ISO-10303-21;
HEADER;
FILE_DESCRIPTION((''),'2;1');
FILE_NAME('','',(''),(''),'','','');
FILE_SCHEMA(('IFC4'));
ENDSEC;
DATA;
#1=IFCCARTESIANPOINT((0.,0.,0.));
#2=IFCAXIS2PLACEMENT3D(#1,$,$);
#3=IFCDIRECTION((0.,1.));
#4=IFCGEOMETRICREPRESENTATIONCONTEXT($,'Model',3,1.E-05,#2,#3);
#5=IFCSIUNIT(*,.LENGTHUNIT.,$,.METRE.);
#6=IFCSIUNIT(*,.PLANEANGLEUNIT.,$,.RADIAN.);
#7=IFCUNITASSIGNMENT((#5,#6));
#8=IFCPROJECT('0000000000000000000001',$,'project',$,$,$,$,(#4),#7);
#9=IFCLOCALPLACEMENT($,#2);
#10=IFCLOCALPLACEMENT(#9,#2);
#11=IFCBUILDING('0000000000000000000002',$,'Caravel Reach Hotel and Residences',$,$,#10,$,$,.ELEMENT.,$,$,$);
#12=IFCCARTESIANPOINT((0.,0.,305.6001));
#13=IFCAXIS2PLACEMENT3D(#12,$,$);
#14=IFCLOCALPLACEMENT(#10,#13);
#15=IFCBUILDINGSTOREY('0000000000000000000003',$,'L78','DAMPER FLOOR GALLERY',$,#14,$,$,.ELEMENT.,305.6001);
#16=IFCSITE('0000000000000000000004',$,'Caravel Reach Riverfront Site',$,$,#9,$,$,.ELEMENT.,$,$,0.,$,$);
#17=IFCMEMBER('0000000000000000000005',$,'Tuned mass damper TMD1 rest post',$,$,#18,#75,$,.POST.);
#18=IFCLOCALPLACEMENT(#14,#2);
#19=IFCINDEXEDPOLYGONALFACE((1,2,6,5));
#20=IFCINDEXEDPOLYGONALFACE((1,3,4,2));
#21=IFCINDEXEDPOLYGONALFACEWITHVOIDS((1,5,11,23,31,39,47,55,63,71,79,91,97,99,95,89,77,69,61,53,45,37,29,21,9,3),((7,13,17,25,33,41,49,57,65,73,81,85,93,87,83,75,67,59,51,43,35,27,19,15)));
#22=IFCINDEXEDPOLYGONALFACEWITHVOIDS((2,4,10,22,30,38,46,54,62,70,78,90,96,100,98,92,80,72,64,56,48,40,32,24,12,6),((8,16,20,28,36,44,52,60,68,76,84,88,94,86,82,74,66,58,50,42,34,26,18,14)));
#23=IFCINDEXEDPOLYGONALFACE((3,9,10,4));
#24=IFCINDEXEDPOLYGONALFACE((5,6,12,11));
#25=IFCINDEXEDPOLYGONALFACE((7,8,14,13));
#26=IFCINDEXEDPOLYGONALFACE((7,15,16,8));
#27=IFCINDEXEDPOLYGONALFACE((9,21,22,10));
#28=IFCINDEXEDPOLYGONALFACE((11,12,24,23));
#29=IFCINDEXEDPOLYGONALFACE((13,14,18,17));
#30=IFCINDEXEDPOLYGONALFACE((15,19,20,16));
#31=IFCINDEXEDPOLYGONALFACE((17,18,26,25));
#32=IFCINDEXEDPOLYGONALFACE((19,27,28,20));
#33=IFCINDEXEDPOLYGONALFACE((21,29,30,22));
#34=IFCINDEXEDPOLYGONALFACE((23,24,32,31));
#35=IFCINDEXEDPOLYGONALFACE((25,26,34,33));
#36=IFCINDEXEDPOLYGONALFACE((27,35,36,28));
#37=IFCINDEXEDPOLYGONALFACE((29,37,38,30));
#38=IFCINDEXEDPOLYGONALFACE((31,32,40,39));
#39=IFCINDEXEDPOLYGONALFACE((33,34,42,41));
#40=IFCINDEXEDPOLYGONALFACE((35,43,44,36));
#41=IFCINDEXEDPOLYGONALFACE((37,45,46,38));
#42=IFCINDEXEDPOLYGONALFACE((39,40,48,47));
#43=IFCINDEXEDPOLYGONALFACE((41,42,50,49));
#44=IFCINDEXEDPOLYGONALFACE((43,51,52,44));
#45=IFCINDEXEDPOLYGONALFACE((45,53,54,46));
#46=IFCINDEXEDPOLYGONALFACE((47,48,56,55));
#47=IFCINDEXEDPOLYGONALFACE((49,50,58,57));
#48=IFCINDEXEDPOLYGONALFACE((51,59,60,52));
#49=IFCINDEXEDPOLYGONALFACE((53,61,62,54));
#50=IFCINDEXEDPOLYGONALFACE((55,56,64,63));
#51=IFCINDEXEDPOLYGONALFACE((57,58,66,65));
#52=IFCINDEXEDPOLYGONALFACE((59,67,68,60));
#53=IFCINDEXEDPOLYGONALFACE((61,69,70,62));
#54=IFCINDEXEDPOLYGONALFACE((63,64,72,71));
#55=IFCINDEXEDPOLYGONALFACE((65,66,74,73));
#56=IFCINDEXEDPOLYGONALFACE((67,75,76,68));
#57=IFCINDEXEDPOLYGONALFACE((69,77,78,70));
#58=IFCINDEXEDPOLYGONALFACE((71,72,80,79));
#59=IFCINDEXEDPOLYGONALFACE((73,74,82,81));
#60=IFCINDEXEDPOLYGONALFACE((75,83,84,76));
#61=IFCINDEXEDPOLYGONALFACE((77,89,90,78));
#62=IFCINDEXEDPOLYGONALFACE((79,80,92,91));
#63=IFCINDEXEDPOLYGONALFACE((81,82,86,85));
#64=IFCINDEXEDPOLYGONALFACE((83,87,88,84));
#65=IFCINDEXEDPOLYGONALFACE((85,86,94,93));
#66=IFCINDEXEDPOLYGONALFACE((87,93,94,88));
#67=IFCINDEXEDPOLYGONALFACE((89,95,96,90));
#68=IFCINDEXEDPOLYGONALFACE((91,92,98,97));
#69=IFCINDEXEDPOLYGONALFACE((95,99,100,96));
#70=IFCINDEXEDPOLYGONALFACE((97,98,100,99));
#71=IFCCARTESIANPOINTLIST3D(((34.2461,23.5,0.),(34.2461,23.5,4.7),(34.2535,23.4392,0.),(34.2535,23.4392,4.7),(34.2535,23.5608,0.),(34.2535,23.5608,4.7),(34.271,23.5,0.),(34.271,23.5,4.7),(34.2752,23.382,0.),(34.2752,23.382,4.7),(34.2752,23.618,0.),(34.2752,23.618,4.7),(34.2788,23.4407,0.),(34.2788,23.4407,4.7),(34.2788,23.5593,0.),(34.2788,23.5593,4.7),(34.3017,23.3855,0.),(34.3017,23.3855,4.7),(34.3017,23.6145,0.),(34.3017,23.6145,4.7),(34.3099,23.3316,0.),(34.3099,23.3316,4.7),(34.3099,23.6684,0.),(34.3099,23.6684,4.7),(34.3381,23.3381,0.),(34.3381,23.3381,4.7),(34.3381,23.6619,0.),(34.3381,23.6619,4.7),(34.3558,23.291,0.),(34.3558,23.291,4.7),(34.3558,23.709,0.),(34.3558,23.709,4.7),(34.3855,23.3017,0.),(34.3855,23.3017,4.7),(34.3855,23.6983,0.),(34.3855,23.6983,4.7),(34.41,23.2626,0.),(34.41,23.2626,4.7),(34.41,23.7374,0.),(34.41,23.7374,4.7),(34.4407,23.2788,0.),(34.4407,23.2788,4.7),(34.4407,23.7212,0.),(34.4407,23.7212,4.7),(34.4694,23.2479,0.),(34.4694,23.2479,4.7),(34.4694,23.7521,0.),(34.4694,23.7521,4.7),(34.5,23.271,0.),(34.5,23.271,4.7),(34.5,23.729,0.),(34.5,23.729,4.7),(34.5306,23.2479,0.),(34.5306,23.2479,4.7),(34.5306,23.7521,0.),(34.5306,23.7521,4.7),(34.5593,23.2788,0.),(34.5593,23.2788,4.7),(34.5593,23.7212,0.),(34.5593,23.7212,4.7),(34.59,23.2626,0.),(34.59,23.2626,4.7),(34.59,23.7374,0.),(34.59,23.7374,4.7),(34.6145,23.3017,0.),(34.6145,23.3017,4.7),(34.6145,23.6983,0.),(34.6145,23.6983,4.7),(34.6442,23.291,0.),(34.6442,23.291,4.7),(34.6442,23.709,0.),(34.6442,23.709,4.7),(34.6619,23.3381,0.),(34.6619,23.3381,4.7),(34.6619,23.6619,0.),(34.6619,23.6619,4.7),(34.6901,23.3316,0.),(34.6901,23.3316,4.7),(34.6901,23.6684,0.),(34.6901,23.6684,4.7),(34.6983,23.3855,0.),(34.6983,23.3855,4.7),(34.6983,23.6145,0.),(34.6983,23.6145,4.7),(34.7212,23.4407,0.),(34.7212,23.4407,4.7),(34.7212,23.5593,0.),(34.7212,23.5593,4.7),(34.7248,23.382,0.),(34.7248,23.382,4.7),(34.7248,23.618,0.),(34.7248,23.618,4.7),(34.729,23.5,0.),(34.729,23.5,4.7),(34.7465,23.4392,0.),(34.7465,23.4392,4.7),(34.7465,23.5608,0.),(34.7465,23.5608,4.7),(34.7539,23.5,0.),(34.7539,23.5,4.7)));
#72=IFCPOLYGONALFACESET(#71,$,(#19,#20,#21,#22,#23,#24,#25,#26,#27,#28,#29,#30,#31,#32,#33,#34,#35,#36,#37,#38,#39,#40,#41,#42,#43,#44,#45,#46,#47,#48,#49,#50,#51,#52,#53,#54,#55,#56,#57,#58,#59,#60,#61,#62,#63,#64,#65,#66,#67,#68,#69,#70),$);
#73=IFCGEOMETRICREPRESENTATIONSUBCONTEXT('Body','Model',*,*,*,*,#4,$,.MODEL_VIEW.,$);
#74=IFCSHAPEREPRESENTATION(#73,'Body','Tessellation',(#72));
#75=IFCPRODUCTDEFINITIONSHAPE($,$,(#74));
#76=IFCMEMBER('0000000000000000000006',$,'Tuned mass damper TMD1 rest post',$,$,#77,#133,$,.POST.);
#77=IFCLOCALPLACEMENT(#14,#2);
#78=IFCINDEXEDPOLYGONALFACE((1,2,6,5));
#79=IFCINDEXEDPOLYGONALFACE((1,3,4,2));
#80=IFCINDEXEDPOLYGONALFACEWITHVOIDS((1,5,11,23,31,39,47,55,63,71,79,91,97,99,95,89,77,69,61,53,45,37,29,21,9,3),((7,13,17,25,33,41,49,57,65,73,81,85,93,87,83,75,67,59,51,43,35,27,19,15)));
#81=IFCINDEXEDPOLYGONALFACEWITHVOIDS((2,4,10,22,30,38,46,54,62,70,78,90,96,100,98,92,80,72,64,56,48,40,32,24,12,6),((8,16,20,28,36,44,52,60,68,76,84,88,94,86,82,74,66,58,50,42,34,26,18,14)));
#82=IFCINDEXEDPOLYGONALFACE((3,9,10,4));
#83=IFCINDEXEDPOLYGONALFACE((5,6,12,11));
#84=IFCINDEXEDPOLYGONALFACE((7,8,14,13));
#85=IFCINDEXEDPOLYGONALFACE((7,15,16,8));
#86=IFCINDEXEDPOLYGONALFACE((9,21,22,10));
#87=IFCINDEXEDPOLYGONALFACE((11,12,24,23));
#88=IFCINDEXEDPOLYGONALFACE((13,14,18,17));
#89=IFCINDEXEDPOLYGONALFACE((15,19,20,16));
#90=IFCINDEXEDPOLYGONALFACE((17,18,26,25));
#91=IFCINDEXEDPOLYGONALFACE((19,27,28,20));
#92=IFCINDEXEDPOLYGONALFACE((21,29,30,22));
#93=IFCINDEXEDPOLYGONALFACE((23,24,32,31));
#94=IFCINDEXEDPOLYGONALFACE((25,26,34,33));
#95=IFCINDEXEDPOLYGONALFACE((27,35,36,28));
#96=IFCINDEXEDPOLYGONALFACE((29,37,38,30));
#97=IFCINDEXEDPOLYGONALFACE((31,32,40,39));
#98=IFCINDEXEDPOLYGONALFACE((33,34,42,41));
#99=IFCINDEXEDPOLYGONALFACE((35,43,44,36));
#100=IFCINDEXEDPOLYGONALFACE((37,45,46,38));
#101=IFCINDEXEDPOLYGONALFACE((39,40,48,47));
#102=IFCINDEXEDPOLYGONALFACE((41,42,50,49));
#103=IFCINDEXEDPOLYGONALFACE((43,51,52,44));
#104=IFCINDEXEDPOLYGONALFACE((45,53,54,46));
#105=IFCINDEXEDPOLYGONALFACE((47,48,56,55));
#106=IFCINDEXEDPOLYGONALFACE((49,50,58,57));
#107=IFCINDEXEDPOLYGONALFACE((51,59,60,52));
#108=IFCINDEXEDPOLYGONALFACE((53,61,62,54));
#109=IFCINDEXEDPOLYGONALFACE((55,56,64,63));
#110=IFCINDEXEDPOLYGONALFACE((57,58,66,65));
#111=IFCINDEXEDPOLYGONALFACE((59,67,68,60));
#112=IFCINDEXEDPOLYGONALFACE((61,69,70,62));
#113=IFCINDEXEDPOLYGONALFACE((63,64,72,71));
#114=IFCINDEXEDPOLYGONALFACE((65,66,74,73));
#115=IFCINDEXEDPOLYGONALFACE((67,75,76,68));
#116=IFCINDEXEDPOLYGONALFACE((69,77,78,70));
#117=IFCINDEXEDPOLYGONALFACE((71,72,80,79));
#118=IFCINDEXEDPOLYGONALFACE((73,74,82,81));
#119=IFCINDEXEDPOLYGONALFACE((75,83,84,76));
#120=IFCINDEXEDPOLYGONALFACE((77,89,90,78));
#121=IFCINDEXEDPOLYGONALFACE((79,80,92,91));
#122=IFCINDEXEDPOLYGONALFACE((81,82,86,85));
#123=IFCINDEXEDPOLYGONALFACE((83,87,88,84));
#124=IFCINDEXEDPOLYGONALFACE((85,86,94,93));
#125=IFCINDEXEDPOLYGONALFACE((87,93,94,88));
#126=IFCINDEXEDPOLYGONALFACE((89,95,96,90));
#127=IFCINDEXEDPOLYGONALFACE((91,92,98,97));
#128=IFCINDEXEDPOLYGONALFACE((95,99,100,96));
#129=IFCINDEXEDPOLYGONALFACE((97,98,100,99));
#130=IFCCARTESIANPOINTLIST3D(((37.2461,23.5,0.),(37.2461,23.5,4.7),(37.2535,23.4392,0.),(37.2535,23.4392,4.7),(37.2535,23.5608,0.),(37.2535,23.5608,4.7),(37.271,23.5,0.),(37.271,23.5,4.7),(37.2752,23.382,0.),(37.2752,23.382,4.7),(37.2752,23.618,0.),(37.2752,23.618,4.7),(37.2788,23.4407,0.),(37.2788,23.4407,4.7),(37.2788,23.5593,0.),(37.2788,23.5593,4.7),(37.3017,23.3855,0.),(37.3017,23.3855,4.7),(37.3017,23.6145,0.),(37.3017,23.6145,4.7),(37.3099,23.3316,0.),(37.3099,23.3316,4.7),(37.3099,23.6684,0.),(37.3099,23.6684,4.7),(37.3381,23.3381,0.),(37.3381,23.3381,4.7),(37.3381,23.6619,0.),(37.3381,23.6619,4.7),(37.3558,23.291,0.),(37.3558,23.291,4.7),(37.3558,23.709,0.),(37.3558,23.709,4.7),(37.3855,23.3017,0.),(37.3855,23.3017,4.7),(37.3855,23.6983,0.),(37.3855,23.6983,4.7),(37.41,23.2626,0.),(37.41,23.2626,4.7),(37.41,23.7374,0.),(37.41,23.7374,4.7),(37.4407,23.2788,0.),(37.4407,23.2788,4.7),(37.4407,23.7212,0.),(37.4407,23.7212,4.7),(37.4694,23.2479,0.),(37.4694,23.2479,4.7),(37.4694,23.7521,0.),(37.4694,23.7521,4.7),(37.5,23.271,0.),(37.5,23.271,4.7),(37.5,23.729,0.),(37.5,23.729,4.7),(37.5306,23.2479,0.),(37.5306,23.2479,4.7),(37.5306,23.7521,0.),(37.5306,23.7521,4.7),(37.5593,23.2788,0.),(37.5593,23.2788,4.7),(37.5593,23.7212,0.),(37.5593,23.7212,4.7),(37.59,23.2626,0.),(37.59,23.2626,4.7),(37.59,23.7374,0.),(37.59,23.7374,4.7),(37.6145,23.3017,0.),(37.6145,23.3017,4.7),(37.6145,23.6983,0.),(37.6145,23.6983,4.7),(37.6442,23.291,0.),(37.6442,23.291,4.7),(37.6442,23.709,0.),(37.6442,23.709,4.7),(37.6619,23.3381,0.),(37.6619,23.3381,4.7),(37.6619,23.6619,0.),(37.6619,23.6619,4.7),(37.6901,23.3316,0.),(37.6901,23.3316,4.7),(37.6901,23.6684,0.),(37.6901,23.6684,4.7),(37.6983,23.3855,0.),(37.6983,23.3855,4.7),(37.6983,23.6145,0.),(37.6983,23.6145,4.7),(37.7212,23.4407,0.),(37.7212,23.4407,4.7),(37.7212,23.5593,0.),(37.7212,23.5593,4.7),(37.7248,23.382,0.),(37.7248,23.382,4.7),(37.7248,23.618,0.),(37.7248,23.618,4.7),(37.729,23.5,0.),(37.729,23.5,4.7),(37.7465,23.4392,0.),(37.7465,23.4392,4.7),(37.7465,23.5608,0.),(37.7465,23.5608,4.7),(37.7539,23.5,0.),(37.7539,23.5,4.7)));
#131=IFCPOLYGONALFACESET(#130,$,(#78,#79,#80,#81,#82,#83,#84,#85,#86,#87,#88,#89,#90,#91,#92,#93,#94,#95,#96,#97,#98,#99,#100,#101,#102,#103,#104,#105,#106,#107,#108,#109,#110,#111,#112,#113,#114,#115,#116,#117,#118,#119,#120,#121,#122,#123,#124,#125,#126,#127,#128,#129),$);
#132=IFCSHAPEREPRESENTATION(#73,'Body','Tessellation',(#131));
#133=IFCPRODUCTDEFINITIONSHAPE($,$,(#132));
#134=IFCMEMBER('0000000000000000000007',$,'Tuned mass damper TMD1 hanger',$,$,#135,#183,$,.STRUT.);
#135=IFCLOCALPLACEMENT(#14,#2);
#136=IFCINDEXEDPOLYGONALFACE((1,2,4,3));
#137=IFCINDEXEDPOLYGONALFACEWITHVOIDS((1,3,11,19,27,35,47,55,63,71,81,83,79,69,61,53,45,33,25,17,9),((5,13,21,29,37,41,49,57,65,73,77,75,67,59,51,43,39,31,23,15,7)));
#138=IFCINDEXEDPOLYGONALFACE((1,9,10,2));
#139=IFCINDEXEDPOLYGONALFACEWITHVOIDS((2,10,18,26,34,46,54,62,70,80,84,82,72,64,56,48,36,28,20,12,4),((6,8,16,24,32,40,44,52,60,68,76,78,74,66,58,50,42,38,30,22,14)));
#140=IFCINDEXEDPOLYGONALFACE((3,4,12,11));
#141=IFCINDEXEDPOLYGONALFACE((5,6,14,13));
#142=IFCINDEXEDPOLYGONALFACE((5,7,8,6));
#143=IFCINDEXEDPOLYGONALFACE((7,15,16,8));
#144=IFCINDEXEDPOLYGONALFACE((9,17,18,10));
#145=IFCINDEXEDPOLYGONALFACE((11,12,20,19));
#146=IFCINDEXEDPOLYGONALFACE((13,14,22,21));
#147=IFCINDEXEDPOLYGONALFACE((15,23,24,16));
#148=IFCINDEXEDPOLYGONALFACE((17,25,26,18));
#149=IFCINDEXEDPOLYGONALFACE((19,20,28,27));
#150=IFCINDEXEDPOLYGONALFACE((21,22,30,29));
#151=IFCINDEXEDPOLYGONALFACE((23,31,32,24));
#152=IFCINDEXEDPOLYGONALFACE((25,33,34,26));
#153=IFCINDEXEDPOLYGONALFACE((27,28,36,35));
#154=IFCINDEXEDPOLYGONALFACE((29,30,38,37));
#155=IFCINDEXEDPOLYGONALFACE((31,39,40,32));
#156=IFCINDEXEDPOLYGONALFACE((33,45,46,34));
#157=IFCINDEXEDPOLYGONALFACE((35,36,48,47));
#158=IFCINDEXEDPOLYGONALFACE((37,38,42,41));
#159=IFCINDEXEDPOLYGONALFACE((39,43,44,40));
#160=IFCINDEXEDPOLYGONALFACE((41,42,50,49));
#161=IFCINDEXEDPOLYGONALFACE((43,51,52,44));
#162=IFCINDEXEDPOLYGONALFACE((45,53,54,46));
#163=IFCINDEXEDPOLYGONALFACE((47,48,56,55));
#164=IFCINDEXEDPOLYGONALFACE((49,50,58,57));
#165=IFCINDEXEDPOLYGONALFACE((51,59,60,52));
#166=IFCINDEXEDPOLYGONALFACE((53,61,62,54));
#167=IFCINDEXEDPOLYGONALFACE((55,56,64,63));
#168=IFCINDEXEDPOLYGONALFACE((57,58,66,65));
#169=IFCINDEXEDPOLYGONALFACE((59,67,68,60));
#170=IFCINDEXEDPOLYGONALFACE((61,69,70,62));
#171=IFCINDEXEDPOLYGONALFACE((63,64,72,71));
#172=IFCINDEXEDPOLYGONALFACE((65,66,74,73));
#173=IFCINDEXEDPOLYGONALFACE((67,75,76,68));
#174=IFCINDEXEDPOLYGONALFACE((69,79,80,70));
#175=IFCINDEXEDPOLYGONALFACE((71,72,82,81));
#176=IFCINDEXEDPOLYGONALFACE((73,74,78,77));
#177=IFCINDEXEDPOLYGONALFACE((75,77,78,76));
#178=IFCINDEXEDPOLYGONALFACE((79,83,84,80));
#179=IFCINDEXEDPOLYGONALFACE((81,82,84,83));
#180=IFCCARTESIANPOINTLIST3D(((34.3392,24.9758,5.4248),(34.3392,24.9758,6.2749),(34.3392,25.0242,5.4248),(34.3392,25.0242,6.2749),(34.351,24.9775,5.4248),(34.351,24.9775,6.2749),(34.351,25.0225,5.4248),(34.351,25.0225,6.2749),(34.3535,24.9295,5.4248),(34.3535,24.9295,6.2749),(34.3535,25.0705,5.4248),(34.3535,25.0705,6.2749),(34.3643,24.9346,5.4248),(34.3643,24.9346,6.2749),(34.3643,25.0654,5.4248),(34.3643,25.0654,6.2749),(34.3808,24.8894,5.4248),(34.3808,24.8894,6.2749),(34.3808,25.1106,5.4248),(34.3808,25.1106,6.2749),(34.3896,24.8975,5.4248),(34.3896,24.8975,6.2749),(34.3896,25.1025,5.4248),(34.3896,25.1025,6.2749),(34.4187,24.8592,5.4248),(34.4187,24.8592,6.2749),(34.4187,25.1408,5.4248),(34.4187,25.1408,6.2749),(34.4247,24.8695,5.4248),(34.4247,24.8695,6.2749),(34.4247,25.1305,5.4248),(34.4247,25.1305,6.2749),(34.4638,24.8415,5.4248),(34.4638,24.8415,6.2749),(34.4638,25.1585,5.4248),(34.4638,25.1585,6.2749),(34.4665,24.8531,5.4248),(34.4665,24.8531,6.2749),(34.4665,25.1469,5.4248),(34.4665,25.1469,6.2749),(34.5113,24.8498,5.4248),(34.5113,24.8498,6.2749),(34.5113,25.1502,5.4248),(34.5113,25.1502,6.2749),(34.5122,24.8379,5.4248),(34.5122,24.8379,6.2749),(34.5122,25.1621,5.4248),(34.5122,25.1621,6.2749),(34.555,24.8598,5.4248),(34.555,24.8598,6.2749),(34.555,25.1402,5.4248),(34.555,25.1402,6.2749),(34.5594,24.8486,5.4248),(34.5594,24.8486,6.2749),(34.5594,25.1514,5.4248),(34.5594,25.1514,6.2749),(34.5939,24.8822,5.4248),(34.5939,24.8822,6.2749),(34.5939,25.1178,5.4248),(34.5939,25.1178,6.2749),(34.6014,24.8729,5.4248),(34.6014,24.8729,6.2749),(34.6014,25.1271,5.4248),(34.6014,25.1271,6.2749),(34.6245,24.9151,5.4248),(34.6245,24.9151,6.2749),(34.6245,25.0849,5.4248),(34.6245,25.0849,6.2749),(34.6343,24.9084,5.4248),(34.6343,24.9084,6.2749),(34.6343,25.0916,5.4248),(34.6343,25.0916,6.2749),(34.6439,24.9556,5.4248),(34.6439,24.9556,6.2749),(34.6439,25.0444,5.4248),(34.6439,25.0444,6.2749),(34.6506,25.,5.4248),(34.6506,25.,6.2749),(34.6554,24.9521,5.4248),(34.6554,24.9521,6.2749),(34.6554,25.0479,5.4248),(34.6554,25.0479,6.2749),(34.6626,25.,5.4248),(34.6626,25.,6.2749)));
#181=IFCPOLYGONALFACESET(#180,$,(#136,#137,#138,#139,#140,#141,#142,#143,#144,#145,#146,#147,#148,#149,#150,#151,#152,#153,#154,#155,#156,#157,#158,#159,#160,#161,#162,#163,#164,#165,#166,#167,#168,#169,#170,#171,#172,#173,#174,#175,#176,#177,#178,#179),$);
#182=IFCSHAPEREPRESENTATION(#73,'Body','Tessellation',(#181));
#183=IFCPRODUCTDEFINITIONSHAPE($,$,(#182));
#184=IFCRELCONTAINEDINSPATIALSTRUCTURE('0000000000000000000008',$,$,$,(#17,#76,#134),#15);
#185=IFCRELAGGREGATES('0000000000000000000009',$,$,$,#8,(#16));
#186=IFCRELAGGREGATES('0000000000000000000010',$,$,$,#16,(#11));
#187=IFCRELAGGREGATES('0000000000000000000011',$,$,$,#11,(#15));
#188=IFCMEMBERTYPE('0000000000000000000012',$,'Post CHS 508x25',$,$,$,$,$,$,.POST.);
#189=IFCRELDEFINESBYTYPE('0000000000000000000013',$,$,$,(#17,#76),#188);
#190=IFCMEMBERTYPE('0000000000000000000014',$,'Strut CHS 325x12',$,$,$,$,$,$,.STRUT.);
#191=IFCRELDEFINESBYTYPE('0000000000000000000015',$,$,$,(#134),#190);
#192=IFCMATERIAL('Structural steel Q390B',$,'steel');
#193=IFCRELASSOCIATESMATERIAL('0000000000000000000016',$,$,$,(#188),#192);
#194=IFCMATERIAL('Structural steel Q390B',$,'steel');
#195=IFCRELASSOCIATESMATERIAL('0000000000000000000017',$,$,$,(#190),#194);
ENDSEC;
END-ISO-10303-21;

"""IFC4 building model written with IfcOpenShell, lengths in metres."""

from ifc_helpers import new_model, si_unit, direction, frame, origin, origin_2d, place, context, subcontext, project, spatial, hollow_circle, extrude, material, material_profile, profile_set, type_object, element, save


model = new_model("IFC4")

# Units and contexts
model_context = context("Model", 3, precision=1e-05, world=origin(), true_north=direction((0.0, 1.0)))
body_context = subcontext(model_context, "Body", "Model", "MODEL_VIEW")
ifc_project = project(units=[si_unit("LENGTHUNIT", "METRE"), si_unit("PLANEANGLEUNIT", "RADIAN")], contexts=[model_context])

# Site, building, storey
site_placement = place(None, origin())
site = spatial("IfcSite", under=ifc_project, at=site_placement, Name="Caravel Reach Riverfront Site", CompositionType="ELEMENT", RefElevation=0.0)
building_placement = place(site_placement, origin())
building = spatial("IfcBuilding", under=site, at=building_placement, Name="Caravel Reach Hotel and Residences", CompositionType="ELEMENT")
storey_placement = place(building_placement, frame((0.0, 0.0, 305.6001)))
storey = spatial("IfcBuildingStorey", under=building, at=storey_placement, Name="L78", Description="DAMPER FLOOR GALLERY", CompositionType="ELEMENT", Elevation=305.6001)

# Members
ifc_material_1 = material(Name="Structural steel Q390B", Category="steel")
ifc_material_profile_1 = material_profile(ifc_material_1, hollow_circle(Radius=0.2539, WallThickness=0.0249, at=origin_2d()), Name="CHS 508x25")
ifc_profile_set_1 = profile_set([ifc_material_profile_1], Name="Structural steel Q390B")
member_type_1 = type_object("IfcMemberType", Name="Post CHS 508x25", PredefinedType="POST", material=ifc_profile_set_1)
for number, where, z_axis, x_axis, name in (
    (1, (34.5, 23.5, 0.0), (0.0, 0.0, 1.0), (1.0, 0.0, 0.0), "Tuned mass damper TMD1 rest post"),
    (2, (37.5, 23.5, 0.0), (0.0, 0.0, 1.0), (1.0, 0.0, 0.0), "Tuned mass damper TMD1 rest post"),
):
    element("IfcMember", number, at=place(storey_placement, frame(where, z_axis=z_axis, x_axis=x_axis)), inside=storey, type_object=member_type_1, Name=name, PredefinedType="POST", context=body_context, shape_type="SweptSolid", body=[
        extrude(hollow_circle(Radius=0.2539, WallThickness=0.0249, at=origin_2d()), origin(), (0.0, 0.0, 1.0), 4.7),
    ])
ifc_material_2 = material(Name="Structural steel Q390B", Category="steel")
ifc_material_profile_2 = material_profile(ifc_material_2, hollow_circle(Radius=0.1626, WallThickness=0.012, at=origin_2d()), Name="CHS 325x12")
ifc_profile_set_2 = profile_set([ifc_material_profile_2], Name="Structural steel Q390B")
member_type_2 = type_object("IfcMemberType", Name="Strut CHS 325x12", PredefinedType="STRUT", material=ifc_profile_set_2)
for number, where, z_axis, x_axis, name in (
    (3, (34.5, 25.0, 6.2749), (0.0, 0.0, -1.0), (1.0, 0.0, 0.0), "Tuned mass damper TMD1 hanger"),
):
    element("IfcMember", number, at=place(storey_placement, frame(where, z_axis=z_axis, x_axis=x_axis)), inside=storey, type_object=member_type_2, Name=name, PredefinedType="STRUT", context=body_context, shape_type="SweptSolid", body=[
        extrude(hollow_circle(Radius=0.1626, WallThickness=0.012, at=origin_2d()), origin(), (0.0, 0.0, 1.0), 0.8501),
    ])

save(model, "model.ifc")
